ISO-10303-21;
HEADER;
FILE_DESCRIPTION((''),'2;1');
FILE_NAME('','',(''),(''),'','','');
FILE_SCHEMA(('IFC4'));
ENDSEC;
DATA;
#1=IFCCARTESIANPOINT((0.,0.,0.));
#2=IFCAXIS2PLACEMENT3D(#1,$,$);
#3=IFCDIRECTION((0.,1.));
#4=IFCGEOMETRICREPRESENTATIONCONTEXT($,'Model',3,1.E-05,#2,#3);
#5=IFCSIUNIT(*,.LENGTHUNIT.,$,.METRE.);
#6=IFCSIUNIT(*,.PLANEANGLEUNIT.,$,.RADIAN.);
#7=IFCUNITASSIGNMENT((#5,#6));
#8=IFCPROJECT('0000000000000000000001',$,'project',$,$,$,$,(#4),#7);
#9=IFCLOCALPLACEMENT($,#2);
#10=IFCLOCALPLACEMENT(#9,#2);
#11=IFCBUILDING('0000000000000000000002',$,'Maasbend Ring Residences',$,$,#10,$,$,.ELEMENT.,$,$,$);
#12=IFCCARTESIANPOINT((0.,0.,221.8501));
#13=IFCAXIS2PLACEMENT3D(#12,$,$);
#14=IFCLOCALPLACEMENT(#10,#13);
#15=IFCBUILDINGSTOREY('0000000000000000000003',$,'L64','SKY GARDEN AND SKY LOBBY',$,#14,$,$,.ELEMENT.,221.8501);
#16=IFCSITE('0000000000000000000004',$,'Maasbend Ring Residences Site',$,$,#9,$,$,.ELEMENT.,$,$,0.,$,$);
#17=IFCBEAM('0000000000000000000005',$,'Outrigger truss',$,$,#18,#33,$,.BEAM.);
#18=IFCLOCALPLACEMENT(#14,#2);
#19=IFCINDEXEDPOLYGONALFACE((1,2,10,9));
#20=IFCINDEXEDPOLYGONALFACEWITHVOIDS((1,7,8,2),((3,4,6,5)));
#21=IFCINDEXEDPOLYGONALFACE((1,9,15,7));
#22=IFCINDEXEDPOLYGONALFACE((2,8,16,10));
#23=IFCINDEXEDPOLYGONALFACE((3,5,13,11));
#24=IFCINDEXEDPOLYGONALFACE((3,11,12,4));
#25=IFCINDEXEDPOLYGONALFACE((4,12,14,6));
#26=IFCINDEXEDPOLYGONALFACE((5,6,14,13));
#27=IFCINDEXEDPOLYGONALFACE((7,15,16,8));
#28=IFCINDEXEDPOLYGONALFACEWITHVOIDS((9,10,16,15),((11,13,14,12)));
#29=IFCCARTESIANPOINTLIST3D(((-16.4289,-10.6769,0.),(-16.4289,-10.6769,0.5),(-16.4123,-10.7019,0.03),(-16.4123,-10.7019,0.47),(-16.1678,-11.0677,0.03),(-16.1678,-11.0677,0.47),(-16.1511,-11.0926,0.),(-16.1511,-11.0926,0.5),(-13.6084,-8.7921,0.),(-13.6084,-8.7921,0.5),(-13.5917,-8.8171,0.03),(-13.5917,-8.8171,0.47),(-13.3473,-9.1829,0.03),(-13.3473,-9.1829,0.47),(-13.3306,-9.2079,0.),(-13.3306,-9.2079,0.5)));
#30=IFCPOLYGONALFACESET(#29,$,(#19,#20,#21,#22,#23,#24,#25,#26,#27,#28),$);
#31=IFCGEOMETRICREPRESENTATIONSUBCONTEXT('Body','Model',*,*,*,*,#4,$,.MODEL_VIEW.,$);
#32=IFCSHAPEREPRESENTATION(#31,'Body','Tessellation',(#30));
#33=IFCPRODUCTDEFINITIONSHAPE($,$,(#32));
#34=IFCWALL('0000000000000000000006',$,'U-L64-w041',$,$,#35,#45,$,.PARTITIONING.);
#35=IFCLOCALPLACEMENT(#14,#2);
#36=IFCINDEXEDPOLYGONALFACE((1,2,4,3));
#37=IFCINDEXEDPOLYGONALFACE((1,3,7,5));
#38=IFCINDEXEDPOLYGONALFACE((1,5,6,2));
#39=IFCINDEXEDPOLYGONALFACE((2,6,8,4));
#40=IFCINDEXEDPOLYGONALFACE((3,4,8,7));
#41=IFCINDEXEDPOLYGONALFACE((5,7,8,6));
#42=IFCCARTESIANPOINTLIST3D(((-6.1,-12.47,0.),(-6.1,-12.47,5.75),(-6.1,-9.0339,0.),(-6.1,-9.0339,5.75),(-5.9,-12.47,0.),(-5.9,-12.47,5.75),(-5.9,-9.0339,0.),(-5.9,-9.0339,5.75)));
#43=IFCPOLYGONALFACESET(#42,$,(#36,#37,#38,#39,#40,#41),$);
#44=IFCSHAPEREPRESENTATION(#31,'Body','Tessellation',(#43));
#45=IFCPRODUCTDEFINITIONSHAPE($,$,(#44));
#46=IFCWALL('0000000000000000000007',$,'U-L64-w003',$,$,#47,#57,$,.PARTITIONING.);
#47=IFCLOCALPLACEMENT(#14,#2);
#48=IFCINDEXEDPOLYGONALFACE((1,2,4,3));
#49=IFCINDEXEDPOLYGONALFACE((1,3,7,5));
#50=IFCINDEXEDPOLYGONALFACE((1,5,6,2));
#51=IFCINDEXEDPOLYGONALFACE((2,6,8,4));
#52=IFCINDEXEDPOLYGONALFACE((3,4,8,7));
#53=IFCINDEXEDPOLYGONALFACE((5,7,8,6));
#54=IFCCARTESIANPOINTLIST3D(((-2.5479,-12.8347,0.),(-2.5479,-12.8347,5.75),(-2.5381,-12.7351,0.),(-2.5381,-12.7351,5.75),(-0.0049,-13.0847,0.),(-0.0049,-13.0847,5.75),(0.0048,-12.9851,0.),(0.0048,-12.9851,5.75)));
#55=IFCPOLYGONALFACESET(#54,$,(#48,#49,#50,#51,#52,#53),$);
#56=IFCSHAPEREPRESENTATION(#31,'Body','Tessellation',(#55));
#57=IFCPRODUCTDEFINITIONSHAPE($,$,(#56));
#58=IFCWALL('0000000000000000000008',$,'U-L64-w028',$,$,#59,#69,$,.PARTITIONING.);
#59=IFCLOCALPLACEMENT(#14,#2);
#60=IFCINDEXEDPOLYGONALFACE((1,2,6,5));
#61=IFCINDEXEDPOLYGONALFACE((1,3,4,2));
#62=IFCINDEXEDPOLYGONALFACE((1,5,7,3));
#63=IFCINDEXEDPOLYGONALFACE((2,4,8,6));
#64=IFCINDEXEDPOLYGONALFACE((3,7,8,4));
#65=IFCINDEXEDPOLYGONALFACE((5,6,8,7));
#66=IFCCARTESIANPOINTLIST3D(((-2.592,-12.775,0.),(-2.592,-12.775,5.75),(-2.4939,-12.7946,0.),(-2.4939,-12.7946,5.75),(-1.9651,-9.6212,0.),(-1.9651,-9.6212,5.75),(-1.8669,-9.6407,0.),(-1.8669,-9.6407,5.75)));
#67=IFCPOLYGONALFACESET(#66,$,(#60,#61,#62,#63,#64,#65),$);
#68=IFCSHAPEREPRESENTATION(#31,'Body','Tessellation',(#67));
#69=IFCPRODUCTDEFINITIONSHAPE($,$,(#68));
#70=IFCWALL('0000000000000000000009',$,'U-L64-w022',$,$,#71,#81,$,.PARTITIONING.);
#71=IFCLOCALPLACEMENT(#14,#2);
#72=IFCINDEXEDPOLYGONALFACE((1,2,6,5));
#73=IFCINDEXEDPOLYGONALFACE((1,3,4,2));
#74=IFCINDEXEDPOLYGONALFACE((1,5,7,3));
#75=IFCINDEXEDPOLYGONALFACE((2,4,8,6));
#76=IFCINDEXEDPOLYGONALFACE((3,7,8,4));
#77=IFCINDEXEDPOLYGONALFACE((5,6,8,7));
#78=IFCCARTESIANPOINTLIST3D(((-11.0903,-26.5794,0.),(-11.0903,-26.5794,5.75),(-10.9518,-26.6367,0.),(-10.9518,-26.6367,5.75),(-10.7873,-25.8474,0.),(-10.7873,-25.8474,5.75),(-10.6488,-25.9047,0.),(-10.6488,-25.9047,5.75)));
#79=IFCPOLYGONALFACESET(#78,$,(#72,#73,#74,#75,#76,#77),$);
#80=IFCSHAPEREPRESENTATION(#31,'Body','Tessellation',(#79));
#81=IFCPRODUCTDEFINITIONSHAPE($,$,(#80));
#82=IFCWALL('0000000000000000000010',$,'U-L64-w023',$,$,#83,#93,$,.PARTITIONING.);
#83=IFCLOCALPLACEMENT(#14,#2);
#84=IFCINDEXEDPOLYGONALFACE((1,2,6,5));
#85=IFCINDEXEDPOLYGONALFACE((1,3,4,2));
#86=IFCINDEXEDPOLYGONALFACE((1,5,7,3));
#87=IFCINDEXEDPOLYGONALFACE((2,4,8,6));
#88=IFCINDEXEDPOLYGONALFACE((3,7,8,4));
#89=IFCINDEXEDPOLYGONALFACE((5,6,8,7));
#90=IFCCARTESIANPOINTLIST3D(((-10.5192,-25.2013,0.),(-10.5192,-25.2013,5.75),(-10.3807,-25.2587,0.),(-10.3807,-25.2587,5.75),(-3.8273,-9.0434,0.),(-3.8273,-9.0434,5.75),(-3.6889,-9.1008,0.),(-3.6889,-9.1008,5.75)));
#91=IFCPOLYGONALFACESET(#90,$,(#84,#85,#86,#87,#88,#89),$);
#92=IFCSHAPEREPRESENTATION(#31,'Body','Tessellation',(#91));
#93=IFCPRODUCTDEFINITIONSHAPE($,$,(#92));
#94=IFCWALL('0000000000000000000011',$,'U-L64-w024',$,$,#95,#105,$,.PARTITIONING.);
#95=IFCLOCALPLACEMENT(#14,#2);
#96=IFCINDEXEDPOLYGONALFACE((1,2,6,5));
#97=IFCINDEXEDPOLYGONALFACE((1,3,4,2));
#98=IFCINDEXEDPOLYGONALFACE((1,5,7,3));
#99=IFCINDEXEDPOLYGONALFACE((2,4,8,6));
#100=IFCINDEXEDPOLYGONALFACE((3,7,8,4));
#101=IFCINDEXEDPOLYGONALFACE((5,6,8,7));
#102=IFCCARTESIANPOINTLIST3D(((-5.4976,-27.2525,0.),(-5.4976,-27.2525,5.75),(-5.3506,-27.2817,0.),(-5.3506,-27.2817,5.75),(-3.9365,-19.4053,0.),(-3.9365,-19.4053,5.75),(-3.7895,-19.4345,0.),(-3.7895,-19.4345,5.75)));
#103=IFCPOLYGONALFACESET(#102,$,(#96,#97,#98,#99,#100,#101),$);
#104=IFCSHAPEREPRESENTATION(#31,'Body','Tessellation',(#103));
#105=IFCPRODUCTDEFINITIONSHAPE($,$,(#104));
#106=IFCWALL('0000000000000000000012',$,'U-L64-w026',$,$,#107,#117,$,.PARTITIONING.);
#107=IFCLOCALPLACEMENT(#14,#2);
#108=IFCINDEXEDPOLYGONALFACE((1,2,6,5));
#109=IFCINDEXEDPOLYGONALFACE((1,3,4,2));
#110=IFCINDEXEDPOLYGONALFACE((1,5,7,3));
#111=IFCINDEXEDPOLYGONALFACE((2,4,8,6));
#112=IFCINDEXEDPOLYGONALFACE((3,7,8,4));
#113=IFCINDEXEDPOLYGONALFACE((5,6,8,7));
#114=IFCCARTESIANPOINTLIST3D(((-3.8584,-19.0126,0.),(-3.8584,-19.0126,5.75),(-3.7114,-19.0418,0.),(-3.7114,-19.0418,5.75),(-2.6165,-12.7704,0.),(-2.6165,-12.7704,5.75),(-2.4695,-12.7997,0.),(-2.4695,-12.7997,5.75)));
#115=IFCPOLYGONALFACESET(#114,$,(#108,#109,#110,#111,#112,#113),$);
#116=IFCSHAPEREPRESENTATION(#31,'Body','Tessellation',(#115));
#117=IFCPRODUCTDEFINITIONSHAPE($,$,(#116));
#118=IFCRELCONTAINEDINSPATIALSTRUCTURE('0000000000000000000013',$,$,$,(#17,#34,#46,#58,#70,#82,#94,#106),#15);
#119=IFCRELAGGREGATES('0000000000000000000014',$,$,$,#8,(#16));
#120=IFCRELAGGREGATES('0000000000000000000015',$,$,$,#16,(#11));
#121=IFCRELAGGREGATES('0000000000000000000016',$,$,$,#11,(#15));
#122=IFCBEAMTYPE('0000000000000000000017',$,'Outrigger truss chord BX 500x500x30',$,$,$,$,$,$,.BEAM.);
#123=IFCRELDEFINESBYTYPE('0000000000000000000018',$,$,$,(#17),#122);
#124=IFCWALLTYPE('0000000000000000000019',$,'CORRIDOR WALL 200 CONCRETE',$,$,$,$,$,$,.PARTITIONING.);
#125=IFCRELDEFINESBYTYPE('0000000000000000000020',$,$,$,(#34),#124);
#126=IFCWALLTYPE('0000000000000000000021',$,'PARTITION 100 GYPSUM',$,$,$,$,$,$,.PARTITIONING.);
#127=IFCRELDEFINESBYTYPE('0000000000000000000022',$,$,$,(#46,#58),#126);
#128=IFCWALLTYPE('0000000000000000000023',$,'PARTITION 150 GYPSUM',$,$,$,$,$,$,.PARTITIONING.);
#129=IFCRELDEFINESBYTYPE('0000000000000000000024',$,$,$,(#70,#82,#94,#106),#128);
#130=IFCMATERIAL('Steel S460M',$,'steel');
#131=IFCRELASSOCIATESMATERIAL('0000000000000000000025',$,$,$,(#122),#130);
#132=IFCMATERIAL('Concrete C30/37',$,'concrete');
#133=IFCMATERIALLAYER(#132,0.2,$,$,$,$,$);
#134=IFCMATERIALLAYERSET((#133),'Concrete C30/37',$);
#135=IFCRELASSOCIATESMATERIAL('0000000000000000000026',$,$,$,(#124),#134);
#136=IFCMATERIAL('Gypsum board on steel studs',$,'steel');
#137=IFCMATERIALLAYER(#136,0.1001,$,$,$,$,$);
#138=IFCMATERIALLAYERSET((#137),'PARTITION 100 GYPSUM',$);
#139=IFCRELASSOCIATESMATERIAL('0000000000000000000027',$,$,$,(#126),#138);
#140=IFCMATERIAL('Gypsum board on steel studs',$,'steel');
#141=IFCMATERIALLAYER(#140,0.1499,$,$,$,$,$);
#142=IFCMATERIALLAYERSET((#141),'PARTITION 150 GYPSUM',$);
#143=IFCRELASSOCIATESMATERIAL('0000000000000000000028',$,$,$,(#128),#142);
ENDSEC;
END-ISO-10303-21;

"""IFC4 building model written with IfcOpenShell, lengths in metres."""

from ifc_helpers import new_model, si_unit, direction, frame, frame_2d, origin, origin_2d, place, context, subcontext, project, spatial, rectangle, hollow_rectangle, extrude, material, layer, layer_set, material_profile, profile_set, type_object, element, save


model = new_model("IFC4")

# Units and contexts
model_context = context("Model", 3, precision=1e-05, world=origin(), true_north=direction((0.0, 1.0)))
body_context = subcontext(model_context, "Body", "Model", "MODEL_VIEW")
ifc_project = project(units=[si_unit("LENGTHUNIT", "METRE"), si_unit("PLANEANGLEUNIT", "RADIAN")], contexts=[model_context])

# Site, building, storey
site_placement = place(None, origin())
site = spatial("IfcSite", under=ifc_project, at=site_placement, Name="Maasbend Ring Residences Site", CompositionType="ELEMENT", RefElevation=0.0)
building_placement = place(site_placement, origin())
building = spatial("IfcBuilding", under=site, at=building_placement, Name="Maasbend Ring Residences", CompositionType="ELEMENT")
storey_placement = place(building_placement, frame((0.0, 0.0, 221.8501)))
storey = spatial("IfcBuildingStorey", under=building, at=storey_placement, Name="L64", Description="SKY GARDEN AND SKY LOBBY", CompositionType="ELEMENT", Elevation=221.8501)

# Beam
ifc_material_1 = material(Name="Steel S460M", Category="steel")
ifc_material_profile_1 = material_profile(ifc_material_1, hollow_rectangle(XDim=0.5, YDim=0.5, WallThickness=0.03, at=origin_2d()), Name="Outrigger truss chord BX 500x500x30")
ifc_profile_set_1 = profile_set([ifc_material_profile_1], Name="Steel S460M")
beam_type_1 = type_object("IfcBeamType", Name="Outrigger truss chord BX 500x500x30", PredefinedType="BEAM", material=ifc_profile_set_1)
beam_1_placement = place(storey_placement, frame((-16.29, -10.8848, 0.25), z_axis=(0.831452, 0.555597, 0.0), x_axis=(-0.555597, 0.831452, 0.0)))
element("IfcBeam", 1, at=beam_1_placement, inside=storey, type_object=beam_type_1, Name="Outrigger truss", PredefinedType="BEAM", context=body_context, shape_type="SweptSolid", body=[
    extrude(hollow_rectangle(XDim=0.5, YDim=0.5, WallThickness=0.03, at=origin_2d()), origin(), (0.0, 0.0, 1.0), 3.3923),
])

# Walls
ifc_material_2 = material(Name="Concrete C30/37", Category="concrete")
ifc_layer_1 = layer(ifc_material_2, 0.2)
ifc_layer_set_1 = layer_set([ifc_layer_1], Name="Concrete C30/37")
wall_type_1 = type_object("IfcWallType", Name="CORRIDOR WALL 200 CONCRETE", PredefinedType="PARTITIONING", material=ifc_layer_set_1)
wall_1_placement = place(storey_placement, frame((-6.0, -12.47, 0.0), z_axis=(0.0, 0.0, 1.0), x_axis=(0.0, 1.0, 0.0)))
element("IfcWall", 2, at=wall_1_placement, inside=storey, type_object=wall_type_1, Name="U-L64-w041", PredefinedType="PARTITIONING", context=body_context, shape_type="SweptSolid", body=[
    extrude(rectangle(XDim=3.436, YDim=0.2, at=frame_2d((1.718, 0.0))), origin(), (0.0, 0.0, 1.0), 5.75),
])
ifc_material_3 = material(Name="Gypsum board on steel studs", Category="steel")
ifc_layer_2 = layer(ifc_material_3, 0.1001)
ifc_layer_set_2 = layer_set([ifc_layer_2], Name="PARTITION 100 GYPSUM")
wall_type_2 = type_object("IfcWallType", Name="PARTITION 100 GYPSUM", PredefinedType="PARTITIONING", material=ifc_layer_set_2)
wall_2_placement = place(storey_placement, frame((-2.543, -12.7849, 0.0), z_axis=(0.0, 0.0, 1.0), x_axis=(0.995202, -0.097839, 0.0)))
element("IfcWall", 3, at=wall_2_placement, inside=storey, type_object=wall_type_2, Name="U-L64-w003", PredefinedType="PARTITIONING", context=body_context, shape_type="SweptSolid", body=[
    extrude(rectangle(XDim=2.5552, YDim=0.1001, at=frame_2d((1.2776, 0.0))), origin(), (0.0, 0.0, 1.0), 5.75),
])
wall_3_placement = place(storey_placement, frame((-2.543, -12.7849, 0.0), z_axis=(0.0, 0.0, 1.0), x_axis=(0.194977, 0.980808, 0.0)))
element("IfcWall", 4, at=wall_3_placement, inside=storey, type_object=wall_type_2, Name="U-L64-w028", PredefinedType="PARTITIONING", context=body_context, shape_type="SweptSolid", body=[
    extrude(rectangle(XDim=3.2156, YDim=0.1001, at=frame_2d((1.6079, 0.0))), origin(), (0.0, 0.0, 1.0), 5.75),
])
ifc_material_4 = material(Name="Gypsum board on steel studs", Category="steel")
ifc_layer_3 = layer(ifc_material_4, 0.1499)
ifc_layer_set_3 = layer_set([ifc_layer_3], Name="PARTITION 150 GYPSUM")
wall_type_3 = type_object("IfcWallType", Name="PARTITION 150 GYPSUM", PredefinedType="PARTITIONING", material=ifc_layer_set_3)
wall_4_placement = place(storey_placement, frame((-11.021, -26.6079, 0.0), z_axis=(0.0, 0.0, 1.0), x_axis=(0.38247, 0.923968, 0.0)))
element("IfcWall", 5, at=wall_4_placement, inside=storey, type_object=wall_type_3, Name="U-L64-w022", PredefinedType="PARTITIONING", context=body_context, shape_type="SweptSolid", body=[
    extrude(rectangle(XDim=0.7922, YDim=0.1499, at=frame_2d((0.396, 0.0))), origin(), (0.0, 0.0, 1.0), 5.75),
])
wall_5_placement = place(storey_placement, frame((-10.45, -25.23, 0.0), z_axis=(0.0, 0.0, 1.0), x_axis=(0.382637, 0.923899, 0.0)))
element("IfcWall", 6, at=wall_5_placement, inside=storey, type_object=wall_type_3, Name="U-L64-w023", PredefinedType="PARTITIONING", context=body_context, shape_type="SweptSolid", body=[
    extrude(rectangle(XDim=17.4888, YDim=0.1499, at=frame_2d((8.7444, 0.0))), origin(), (0.0, 0.0, 1.0), 5.75),
])
wall_6_placement = place(storey_placement, frame((-5.4241, -27.2671, 0.0), z_axis=(0.0, 0.0, 1.0), x_axis=(0.195107, 0.980782, 0.0)))
element("IfcWall", 7, at=wall_6_placement, inside=storey, type_object=wall_type_3, Name="U-L64-w024", PredefinedType="PARTITIONING", context=body_context, shape_type="SweptSolid", body=[
    extrude(rectangle(XDim=8.001, YDim=0.1499, at=frame_2d((4.0005, 0.0))), origin(), (0.0, 0.0, 1.0), 5.75),
])
wall_7_placement = place(storey_placement, frame((-3.7849, -19.0271, 0.0), z_axis=(0.0, 0.0, 1.0), x_axis=(0.195135, 0.980776, 0.0)))
element("IfcWall", 8, at=wall_7_placement, inside=storey, type_object=wall_type_3, Name="U-L64-w026", PredefinedType="PARTITIONING", context=body_context, shape_type="SweptSolid", body=[
    extrude(rectangle(XDim=6.3645, YDim=0.1499, at=frame_2d((3.1821, 0.0))), origin(), (0.0, 0.0, 1.0), 5.75),
])

save(model, "model.ifc")
